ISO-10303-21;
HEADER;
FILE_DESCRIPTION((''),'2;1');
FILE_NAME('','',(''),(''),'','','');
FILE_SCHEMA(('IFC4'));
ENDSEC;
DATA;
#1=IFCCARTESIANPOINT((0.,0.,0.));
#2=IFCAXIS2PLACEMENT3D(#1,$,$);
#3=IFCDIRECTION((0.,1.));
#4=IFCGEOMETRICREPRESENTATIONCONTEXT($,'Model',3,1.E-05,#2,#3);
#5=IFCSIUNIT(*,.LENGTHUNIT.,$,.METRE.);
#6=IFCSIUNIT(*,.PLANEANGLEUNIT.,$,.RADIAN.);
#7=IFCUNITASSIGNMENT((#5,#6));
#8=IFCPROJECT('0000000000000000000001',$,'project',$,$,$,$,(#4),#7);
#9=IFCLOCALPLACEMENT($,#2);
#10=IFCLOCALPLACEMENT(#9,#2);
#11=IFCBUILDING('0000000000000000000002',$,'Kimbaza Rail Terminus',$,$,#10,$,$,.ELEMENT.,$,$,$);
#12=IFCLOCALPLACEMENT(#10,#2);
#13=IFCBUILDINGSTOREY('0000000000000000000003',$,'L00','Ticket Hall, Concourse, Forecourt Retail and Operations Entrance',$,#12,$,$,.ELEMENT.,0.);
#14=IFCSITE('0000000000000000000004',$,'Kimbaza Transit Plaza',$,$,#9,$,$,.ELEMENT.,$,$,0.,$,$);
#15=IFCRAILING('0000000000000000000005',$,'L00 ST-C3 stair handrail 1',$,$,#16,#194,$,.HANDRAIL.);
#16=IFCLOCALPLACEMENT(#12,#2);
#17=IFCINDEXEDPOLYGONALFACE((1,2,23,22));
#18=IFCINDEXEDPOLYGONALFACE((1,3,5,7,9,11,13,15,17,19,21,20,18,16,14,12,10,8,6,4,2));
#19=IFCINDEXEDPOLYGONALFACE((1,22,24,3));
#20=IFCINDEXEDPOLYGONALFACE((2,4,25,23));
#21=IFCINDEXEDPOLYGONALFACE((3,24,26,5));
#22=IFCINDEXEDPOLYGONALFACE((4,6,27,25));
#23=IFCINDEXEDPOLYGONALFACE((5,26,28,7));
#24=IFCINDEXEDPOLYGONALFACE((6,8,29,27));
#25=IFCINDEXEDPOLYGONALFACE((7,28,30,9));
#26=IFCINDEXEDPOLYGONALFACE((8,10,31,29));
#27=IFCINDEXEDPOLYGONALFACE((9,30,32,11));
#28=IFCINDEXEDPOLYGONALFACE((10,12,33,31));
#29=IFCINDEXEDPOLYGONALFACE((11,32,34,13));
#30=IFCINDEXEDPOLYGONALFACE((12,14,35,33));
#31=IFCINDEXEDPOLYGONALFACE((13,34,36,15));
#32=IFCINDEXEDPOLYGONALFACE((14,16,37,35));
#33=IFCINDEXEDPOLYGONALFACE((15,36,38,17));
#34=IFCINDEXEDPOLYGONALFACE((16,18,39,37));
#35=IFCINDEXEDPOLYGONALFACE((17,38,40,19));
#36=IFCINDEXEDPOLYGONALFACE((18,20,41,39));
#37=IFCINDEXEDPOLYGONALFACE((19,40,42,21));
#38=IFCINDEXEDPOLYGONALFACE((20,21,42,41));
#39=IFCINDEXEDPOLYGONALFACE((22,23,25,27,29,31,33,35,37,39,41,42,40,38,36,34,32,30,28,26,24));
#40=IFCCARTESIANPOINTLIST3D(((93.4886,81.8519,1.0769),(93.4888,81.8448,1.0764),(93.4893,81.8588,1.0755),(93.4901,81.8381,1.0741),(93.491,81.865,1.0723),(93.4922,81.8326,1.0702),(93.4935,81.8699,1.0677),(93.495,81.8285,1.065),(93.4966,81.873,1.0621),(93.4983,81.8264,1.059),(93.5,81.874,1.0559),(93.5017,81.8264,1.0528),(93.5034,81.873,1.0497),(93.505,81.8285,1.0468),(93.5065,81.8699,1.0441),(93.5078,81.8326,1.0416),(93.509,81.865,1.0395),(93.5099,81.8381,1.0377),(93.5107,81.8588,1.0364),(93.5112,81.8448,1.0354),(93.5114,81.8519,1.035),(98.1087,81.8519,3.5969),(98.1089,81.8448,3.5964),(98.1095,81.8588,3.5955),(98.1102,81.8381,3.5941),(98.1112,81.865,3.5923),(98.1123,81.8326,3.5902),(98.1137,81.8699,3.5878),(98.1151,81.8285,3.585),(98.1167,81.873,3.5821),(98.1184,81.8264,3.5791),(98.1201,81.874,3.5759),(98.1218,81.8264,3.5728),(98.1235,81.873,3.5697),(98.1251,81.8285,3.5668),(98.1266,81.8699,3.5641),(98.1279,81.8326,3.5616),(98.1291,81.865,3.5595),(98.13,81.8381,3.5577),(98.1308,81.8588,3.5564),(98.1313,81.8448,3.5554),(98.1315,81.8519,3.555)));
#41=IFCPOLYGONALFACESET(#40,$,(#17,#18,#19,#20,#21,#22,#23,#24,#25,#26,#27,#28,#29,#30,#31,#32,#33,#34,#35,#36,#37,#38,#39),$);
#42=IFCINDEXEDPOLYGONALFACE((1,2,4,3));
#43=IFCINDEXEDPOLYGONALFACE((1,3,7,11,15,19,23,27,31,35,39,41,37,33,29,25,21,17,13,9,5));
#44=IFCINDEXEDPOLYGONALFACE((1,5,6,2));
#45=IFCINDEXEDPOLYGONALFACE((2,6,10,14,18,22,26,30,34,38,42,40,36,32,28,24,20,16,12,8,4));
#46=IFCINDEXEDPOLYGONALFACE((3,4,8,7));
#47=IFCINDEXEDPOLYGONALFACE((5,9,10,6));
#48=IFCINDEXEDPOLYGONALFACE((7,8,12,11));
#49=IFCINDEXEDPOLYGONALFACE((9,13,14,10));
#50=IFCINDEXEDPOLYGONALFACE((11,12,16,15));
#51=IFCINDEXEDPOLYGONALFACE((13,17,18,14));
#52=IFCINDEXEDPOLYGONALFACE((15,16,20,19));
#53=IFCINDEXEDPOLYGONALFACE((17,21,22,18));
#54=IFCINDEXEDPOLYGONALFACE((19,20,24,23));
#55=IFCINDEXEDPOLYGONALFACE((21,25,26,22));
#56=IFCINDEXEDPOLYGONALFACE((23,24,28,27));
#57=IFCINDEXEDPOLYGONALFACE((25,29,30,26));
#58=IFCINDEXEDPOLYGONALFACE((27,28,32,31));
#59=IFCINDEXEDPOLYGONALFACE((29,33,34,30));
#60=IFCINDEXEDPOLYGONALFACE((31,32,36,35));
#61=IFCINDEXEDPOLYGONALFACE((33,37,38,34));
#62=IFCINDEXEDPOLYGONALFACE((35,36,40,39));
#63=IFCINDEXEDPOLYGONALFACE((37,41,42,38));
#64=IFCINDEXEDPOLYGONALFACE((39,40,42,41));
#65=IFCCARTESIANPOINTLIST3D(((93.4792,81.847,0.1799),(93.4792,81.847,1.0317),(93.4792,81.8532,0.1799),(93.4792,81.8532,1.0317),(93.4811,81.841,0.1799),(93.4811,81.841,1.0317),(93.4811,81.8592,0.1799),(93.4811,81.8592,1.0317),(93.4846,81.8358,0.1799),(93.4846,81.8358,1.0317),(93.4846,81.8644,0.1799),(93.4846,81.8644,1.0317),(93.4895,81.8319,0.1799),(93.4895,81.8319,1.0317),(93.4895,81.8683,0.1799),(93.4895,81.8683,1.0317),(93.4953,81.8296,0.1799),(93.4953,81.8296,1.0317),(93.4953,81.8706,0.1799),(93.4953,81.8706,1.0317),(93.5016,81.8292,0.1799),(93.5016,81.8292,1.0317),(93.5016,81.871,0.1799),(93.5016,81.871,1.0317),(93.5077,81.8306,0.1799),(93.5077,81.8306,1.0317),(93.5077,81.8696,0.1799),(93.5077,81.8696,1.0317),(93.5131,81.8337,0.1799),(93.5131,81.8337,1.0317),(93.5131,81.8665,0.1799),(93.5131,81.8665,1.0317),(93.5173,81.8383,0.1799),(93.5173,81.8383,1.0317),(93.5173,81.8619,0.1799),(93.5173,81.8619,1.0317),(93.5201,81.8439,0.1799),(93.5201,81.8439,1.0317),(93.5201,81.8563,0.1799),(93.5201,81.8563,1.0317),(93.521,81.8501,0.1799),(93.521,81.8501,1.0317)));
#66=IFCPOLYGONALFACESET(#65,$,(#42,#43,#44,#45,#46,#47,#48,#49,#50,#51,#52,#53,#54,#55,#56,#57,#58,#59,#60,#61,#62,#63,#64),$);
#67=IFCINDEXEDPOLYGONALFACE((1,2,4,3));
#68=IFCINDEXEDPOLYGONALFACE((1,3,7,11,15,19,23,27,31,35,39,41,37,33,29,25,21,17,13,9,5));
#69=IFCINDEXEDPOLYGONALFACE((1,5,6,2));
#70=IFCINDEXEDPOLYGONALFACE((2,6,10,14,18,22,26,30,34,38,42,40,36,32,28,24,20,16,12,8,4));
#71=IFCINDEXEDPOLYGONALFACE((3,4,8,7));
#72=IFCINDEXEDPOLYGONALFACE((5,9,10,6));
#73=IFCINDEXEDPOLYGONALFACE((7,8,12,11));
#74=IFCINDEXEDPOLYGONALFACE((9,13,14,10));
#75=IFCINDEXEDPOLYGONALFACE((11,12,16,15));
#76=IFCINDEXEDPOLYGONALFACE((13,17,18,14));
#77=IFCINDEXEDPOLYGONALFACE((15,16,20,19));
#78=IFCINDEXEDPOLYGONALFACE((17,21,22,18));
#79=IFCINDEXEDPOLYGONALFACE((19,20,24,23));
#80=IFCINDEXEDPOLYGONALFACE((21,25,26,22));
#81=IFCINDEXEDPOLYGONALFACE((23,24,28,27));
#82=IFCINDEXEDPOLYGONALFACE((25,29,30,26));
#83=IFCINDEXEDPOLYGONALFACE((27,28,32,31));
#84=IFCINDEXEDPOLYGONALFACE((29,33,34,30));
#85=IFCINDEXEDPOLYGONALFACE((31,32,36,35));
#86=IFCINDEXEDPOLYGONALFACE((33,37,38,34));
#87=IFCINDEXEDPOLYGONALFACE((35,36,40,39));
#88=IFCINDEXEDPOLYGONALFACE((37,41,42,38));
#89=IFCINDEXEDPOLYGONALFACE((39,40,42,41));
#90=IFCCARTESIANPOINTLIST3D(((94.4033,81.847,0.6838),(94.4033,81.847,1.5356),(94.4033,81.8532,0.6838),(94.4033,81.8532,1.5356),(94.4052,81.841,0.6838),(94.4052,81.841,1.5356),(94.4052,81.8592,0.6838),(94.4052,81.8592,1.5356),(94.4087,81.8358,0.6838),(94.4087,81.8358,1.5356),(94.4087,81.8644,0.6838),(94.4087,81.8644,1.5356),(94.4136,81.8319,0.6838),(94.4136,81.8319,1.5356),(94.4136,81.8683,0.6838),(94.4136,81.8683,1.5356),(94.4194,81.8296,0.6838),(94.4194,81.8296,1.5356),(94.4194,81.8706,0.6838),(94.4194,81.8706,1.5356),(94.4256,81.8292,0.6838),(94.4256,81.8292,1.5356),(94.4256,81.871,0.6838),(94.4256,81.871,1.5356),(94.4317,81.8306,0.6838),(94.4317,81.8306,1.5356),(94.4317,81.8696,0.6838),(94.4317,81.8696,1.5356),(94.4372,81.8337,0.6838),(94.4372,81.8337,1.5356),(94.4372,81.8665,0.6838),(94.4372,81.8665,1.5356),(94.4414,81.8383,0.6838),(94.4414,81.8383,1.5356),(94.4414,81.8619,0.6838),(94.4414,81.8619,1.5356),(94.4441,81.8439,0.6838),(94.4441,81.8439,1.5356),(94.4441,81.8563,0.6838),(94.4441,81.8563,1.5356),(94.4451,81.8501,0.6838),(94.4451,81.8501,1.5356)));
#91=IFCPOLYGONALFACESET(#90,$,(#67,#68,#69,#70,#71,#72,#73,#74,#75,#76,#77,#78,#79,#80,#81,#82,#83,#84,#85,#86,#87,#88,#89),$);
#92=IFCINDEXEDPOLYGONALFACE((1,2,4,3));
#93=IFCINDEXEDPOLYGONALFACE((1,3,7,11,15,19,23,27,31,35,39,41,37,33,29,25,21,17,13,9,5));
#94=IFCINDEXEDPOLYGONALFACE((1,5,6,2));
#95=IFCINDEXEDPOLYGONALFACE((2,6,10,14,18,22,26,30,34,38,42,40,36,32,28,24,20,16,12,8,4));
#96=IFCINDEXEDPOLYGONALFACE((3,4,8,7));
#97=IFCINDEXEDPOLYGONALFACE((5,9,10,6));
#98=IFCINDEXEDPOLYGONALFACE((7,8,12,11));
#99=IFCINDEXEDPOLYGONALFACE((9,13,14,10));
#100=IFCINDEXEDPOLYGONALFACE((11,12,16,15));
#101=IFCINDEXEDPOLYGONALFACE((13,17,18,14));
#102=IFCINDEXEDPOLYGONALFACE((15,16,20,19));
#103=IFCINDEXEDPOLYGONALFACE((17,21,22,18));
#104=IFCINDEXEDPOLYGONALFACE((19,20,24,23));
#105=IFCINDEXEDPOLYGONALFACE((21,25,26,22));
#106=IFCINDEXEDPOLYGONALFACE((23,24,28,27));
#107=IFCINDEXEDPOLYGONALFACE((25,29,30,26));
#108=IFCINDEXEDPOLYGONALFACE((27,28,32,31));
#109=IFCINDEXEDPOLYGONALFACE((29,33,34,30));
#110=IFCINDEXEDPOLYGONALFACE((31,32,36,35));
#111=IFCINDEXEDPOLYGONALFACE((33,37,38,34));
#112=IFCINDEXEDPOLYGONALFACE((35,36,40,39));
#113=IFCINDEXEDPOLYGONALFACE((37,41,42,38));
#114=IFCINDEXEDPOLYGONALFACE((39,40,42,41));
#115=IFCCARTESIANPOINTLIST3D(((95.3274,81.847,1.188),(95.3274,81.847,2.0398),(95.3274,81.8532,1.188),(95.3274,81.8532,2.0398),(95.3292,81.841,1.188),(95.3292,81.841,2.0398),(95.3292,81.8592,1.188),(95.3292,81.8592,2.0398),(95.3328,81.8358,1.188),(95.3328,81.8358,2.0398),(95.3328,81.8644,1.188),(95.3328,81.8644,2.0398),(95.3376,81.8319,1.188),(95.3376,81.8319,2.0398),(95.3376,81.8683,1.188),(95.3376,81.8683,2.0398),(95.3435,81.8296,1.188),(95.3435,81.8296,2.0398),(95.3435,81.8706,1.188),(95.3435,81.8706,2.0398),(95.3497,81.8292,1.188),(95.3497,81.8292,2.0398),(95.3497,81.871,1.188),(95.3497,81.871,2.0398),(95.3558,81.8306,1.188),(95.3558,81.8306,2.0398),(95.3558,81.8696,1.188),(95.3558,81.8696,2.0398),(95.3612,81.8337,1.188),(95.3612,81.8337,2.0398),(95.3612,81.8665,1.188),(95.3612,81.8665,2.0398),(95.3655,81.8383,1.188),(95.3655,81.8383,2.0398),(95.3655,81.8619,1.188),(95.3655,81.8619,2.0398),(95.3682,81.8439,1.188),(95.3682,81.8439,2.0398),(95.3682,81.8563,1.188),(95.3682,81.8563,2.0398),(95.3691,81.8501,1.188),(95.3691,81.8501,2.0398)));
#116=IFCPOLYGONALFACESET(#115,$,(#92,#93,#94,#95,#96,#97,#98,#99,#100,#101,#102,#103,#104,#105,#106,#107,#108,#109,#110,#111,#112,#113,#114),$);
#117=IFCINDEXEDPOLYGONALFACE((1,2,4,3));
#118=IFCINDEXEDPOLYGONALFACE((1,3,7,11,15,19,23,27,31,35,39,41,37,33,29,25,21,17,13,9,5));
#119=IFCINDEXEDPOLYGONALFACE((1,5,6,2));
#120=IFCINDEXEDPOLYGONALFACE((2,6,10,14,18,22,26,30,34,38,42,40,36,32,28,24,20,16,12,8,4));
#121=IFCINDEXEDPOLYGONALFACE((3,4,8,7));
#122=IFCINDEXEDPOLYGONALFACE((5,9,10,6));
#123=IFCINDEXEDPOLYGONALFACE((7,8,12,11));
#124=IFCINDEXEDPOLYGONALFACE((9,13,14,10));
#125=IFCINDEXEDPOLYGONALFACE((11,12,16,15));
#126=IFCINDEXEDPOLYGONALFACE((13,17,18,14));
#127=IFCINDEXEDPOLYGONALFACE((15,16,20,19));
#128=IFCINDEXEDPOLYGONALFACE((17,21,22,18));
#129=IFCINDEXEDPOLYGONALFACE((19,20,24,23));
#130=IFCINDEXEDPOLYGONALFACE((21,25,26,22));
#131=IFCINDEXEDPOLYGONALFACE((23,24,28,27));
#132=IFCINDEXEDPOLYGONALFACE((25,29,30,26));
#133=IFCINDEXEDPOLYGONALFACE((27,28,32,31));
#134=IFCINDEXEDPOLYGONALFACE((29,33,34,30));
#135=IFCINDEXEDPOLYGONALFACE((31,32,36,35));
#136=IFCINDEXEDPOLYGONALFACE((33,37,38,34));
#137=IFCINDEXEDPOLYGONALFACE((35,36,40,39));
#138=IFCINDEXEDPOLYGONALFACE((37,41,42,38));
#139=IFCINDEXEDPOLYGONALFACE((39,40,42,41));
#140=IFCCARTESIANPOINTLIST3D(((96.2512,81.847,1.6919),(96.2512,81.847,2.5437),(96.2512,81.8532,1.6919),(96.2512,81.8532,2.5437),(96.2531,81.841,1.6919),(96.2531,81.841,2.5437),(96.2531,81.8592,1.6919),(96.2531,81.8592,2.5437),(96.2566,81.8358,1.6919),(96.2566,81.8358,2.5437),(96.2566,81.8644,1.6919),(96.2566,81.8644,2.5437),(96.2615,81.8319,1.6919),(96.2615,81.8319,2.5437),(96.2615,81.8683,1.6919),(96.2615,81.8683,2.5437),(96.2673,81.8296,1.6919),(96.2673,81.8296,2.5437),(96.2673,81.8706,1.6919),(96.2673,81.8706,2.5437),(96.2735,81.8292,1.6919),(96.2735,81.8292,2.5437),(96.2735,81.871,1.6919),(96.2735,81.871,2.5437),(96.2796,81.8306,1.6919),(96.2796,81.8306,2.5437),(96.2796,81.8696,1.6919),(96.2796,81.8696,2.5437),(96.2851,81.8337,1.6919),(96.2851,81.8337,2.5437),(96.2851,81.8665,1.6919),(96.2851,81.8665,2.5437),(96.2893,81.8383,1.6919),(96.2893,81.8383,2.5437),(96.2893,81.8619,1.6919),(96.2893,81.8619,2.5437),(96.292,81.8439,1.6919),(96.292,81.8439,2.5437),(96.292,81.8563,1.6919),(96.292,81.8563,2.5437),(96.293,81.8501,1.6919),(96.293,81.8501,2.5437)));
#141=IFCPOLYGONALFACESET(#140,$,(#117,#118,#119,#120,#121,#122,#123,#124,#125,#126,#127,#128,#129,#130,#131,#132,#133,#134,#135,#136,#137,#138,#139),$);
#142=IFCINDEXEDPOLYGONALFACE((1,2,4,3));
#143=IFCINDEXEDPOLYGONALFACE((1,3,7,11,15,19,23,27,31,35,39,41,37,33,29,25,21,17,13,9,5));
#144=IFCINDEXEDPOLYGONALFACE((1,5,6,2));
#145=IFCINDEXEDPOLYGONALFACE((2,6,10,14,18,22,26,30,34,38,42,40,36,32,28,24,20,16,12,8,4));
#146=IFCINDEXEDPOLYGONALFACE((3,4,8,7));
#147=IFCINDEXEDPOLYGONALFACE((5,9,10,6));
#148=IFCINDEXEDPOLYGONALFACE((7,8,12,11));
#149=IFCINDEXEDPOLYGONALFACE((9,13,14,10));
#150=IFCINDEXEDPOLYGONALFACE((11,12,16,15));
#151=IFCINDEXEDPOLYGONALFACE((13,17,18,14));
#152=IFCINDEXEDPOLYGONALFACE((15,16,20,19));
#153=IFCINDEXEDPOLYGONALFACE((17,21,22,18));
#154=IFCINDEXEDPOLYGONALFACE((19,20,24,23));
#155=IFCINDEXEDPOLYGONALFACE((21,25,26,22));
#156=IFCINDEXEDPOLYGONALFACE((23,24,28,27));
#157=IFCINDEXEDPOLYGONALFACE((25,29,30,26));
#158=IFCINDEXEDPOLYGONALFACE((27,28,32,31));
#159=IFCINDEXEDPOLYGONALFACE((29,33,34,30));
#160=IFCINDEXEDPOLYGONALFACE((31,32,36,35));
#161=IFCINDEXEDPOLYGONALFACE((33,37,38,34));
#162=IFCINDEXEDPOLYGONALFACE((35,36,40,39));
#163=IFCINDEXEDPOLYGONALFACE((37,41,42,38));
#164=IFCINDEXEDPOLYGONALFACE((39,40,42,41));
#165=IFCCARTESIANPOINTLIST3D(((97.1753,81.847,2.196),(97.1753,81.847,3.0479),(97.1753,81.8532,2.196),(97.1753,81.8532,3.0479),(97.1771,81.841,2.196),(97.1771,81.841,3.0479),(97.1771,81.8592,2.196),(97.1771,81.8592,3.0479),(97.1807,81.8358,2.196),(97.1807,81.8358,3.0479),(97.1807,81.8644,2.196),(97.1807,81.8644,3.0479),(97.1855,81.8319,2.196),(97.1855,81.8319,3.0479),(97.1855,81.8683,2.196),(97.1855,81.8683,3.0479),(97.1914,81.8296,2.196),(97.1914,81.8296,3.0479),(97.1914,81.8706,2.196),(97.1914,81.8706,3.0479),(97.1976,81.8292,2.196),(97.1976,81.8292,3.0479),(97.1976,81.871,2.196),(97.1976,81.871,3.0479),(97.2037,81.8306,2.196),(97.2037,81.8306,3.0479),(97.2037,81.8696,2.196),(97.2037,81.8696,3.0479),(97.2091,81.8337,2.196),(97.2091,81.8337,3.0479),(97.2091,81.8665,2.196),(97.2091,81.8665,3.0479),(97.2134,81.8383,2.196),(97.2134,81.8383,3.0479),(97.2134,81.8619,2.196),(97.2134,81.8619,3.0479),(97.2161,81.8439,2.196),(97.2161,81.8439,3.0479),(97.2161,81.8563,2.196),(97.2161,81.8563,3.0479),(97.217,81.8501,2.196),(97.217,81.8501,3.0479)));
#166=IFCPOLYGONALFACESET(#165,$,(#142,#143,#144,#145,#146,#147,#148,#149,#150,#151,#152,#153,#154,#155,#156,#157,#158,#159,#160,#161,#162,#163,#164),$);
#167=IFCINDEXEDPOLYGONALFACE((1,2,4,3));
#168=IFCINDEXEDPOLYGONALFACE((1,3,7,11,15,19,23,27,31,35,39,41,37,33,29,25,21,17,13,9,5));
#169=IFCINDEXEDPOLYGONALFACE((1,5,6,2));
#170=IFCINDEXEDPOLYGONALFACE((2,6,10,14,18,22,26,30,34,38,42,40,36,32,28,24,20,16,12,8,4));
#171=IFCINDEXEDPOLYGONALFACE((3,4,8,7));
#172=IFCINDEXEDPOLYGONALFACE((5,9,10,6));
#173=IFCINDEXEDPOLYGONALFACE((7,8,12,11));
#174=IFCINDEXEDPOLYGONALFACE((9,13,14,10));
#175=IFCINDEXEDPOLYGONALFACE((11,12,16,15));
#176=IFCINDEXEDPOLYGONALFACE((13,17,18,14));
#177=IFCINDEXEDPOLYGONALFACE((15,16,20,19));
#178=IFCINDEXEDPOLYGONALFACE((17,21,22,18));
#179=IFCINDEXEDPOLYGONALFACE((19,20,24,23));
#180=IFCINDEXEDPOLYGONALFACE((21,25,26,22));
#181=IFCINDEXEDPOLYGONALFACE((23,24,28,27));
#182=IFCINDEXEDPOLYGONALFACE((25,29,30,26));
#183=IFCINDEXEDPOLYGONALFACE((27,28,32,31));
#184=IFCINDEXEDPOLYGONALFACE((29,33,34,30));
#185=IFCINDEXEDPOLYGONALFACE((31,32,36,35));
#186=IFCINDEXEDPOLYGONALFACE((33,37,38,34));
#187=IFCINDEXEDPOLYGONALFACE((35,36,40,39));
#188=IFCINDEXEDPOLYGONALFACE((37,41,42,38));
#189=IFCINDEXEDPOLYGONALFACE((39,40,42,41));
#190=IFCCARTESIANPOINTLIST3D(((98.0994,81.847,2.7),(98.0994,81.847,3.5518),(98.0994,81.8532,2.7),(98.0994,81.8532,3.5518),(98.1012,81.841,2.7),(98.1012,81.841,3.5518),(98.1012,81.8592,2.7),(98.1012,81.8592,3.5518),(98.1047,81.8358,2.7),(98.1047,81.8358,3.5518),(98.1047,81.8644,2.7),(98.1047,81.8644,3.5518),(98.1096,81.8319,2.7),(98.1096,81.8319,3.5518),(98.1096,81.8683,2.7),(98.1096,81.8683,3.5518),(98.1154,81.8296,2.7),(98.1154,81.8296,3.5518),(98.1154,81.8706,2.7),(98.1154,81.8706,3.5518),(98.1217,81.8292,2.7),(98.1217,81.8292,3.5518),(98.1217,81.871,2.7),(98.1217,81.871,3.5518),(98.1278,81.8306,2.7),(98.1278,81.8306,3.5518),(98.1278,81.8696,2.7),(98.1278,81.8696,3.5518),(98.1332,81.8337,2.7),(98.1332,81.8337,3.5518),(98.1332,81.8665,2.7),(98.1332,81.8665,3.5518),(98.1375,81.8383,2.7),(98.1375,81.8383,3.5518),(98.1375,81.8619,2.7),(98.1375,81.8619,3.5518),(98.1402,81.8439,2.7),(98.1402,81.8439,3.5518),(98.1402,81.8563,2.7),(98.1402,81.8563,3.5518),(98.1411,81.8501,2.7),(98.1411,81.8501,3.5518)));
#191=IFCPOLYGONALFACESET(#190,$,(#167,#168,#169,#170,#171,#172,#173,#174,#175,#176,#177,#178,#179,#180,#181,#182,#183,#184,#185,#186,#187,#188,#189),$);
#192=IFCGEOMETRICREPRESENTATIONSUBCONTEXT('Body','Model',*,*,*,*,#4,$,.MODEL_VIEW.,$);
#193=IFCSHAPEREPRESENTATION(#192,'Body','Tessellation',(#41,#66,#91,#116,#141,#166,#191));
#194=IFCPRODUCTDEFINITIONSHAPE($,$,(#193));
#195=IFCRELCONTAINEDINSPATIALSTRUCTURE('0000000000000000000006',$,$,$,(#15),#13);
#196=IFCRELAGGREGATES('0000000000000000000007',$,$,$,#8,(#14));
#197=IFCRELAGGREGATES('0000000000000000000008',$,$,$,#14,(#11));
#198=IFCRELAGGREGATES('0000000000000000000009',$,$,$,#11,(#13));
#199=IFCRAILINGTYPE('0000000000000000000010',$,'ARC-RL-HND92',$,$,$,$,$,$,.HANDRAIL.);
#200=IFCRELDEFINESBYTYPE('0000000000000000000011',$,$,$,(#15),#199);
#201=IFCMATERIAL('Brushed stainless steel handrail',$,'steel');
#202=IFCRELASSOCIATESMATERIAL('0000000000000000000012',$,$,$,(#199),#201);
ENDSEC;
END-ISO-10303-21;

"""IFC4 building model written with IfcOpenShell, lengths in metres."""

from ifc_helpers import new_model, si_unit, direction, frame, origin, origin_2d, place, context, subcontext, project, spatial, circle, extrude, material, type_object, element, save


model = new_model("IFC4")

# Units and contexts
model_context = context("Model", 3, precision=1e-05, world=origin(), true_north=direction((0.0, 1.0)))
body_context = subcontext(model_context, "Body", "Model", "MODEL_VIEW")
ifc_project = project(units=[si_unit("LENGTHUNIT", "METRE"), si_unit("PLANEANGLEUNIT", "RADIAN")], contexts=[model_context])

# Site, building, storey
site_placement = place(None, origin())
site = spatial("IfcSite", under=ifc_project, at=site_placement, Name="Kimbaza Transit Plaza", CompositionType="ELEMENT", RefElevation=0.0)
building_placement = place(site_placement, origin())
building = spatial("IfcBuilding", under=site, at=building_placement, Name="Kimbaza Rail Terminus", CompositionType="ELEMENT")
storey_placement = place(building_placement, origin())
storey = spatial("IfcBuildingStorey", under=building, at=storey_placement, Name="L00", Description="Ticket Hall, Concourse, Forecourt Retail and Operations Entrance", CompositionType="ELEMENT", Elevation=0.0)

# Railing
ifc_material_1 = material(Name="Brushed stainless steel handrail", Category="steel")
railing_type_1 = type_object("IfcRailingType", Name="ARC-RL-HND92", PredefinedType="HANDRAIL", material=ifc_material_1)
railing_1_placement = place(storey_placement, frame((93.5, 81.8501, 0.1799)))
element("IfcRailing", 1, at=railing_1_placement, inside=storey, type_object=railing_type_1, Name="L00 ST-C3 stair handrail 1", PredefinedType="HANDRAIL", context=body_context, shape_type="SweptSolid", body=[
    extrude(circle(Radius=0.0239, at=origin_2d()), frame((0.0, 0.0, 0.876), z_axis=(0.877899, 0.0, 0.478846), x_axis=(0.0, 1.0, 0.0)), (0.0, 0.0, 1.0), 5.2627),
    extrude(circle(Radius=0.021, at=origin_2d()), origin(), (0.0, 0.0, 1.0), 0.8518),
    extrude(circle(Radius=0.021, at=origin_2d()), frame((0.9241, 0.0, 0.5039)), (0.0, 0.0, 1.0), 0.8518),
    extrude(circle(Radius=0.021, at=origin_2d()), frame((1.8481, 0.0, 1.0081)), (0.0, 0.0, 1.0), 0.8518),
    extrude(circle(Radius=0.021, at=origin_2d()), frame((2.772, 0.0, 1.512)), (0.0, 0.0, 1.0), 0.8518),
    extrude(circle(Radius=0.021, at=origin_2d()), frame((3.696, 0.0, 2.0161)), (0.0, 0.0, 1.0), 0.8518),
    extrude(circle(Radius=0.021, at=origin_2d()), frame((4.6201, 0.0, 2.52)), (0.0, 0.0, 1.0), 0.8518),
])

save(model, "model.ifc")
